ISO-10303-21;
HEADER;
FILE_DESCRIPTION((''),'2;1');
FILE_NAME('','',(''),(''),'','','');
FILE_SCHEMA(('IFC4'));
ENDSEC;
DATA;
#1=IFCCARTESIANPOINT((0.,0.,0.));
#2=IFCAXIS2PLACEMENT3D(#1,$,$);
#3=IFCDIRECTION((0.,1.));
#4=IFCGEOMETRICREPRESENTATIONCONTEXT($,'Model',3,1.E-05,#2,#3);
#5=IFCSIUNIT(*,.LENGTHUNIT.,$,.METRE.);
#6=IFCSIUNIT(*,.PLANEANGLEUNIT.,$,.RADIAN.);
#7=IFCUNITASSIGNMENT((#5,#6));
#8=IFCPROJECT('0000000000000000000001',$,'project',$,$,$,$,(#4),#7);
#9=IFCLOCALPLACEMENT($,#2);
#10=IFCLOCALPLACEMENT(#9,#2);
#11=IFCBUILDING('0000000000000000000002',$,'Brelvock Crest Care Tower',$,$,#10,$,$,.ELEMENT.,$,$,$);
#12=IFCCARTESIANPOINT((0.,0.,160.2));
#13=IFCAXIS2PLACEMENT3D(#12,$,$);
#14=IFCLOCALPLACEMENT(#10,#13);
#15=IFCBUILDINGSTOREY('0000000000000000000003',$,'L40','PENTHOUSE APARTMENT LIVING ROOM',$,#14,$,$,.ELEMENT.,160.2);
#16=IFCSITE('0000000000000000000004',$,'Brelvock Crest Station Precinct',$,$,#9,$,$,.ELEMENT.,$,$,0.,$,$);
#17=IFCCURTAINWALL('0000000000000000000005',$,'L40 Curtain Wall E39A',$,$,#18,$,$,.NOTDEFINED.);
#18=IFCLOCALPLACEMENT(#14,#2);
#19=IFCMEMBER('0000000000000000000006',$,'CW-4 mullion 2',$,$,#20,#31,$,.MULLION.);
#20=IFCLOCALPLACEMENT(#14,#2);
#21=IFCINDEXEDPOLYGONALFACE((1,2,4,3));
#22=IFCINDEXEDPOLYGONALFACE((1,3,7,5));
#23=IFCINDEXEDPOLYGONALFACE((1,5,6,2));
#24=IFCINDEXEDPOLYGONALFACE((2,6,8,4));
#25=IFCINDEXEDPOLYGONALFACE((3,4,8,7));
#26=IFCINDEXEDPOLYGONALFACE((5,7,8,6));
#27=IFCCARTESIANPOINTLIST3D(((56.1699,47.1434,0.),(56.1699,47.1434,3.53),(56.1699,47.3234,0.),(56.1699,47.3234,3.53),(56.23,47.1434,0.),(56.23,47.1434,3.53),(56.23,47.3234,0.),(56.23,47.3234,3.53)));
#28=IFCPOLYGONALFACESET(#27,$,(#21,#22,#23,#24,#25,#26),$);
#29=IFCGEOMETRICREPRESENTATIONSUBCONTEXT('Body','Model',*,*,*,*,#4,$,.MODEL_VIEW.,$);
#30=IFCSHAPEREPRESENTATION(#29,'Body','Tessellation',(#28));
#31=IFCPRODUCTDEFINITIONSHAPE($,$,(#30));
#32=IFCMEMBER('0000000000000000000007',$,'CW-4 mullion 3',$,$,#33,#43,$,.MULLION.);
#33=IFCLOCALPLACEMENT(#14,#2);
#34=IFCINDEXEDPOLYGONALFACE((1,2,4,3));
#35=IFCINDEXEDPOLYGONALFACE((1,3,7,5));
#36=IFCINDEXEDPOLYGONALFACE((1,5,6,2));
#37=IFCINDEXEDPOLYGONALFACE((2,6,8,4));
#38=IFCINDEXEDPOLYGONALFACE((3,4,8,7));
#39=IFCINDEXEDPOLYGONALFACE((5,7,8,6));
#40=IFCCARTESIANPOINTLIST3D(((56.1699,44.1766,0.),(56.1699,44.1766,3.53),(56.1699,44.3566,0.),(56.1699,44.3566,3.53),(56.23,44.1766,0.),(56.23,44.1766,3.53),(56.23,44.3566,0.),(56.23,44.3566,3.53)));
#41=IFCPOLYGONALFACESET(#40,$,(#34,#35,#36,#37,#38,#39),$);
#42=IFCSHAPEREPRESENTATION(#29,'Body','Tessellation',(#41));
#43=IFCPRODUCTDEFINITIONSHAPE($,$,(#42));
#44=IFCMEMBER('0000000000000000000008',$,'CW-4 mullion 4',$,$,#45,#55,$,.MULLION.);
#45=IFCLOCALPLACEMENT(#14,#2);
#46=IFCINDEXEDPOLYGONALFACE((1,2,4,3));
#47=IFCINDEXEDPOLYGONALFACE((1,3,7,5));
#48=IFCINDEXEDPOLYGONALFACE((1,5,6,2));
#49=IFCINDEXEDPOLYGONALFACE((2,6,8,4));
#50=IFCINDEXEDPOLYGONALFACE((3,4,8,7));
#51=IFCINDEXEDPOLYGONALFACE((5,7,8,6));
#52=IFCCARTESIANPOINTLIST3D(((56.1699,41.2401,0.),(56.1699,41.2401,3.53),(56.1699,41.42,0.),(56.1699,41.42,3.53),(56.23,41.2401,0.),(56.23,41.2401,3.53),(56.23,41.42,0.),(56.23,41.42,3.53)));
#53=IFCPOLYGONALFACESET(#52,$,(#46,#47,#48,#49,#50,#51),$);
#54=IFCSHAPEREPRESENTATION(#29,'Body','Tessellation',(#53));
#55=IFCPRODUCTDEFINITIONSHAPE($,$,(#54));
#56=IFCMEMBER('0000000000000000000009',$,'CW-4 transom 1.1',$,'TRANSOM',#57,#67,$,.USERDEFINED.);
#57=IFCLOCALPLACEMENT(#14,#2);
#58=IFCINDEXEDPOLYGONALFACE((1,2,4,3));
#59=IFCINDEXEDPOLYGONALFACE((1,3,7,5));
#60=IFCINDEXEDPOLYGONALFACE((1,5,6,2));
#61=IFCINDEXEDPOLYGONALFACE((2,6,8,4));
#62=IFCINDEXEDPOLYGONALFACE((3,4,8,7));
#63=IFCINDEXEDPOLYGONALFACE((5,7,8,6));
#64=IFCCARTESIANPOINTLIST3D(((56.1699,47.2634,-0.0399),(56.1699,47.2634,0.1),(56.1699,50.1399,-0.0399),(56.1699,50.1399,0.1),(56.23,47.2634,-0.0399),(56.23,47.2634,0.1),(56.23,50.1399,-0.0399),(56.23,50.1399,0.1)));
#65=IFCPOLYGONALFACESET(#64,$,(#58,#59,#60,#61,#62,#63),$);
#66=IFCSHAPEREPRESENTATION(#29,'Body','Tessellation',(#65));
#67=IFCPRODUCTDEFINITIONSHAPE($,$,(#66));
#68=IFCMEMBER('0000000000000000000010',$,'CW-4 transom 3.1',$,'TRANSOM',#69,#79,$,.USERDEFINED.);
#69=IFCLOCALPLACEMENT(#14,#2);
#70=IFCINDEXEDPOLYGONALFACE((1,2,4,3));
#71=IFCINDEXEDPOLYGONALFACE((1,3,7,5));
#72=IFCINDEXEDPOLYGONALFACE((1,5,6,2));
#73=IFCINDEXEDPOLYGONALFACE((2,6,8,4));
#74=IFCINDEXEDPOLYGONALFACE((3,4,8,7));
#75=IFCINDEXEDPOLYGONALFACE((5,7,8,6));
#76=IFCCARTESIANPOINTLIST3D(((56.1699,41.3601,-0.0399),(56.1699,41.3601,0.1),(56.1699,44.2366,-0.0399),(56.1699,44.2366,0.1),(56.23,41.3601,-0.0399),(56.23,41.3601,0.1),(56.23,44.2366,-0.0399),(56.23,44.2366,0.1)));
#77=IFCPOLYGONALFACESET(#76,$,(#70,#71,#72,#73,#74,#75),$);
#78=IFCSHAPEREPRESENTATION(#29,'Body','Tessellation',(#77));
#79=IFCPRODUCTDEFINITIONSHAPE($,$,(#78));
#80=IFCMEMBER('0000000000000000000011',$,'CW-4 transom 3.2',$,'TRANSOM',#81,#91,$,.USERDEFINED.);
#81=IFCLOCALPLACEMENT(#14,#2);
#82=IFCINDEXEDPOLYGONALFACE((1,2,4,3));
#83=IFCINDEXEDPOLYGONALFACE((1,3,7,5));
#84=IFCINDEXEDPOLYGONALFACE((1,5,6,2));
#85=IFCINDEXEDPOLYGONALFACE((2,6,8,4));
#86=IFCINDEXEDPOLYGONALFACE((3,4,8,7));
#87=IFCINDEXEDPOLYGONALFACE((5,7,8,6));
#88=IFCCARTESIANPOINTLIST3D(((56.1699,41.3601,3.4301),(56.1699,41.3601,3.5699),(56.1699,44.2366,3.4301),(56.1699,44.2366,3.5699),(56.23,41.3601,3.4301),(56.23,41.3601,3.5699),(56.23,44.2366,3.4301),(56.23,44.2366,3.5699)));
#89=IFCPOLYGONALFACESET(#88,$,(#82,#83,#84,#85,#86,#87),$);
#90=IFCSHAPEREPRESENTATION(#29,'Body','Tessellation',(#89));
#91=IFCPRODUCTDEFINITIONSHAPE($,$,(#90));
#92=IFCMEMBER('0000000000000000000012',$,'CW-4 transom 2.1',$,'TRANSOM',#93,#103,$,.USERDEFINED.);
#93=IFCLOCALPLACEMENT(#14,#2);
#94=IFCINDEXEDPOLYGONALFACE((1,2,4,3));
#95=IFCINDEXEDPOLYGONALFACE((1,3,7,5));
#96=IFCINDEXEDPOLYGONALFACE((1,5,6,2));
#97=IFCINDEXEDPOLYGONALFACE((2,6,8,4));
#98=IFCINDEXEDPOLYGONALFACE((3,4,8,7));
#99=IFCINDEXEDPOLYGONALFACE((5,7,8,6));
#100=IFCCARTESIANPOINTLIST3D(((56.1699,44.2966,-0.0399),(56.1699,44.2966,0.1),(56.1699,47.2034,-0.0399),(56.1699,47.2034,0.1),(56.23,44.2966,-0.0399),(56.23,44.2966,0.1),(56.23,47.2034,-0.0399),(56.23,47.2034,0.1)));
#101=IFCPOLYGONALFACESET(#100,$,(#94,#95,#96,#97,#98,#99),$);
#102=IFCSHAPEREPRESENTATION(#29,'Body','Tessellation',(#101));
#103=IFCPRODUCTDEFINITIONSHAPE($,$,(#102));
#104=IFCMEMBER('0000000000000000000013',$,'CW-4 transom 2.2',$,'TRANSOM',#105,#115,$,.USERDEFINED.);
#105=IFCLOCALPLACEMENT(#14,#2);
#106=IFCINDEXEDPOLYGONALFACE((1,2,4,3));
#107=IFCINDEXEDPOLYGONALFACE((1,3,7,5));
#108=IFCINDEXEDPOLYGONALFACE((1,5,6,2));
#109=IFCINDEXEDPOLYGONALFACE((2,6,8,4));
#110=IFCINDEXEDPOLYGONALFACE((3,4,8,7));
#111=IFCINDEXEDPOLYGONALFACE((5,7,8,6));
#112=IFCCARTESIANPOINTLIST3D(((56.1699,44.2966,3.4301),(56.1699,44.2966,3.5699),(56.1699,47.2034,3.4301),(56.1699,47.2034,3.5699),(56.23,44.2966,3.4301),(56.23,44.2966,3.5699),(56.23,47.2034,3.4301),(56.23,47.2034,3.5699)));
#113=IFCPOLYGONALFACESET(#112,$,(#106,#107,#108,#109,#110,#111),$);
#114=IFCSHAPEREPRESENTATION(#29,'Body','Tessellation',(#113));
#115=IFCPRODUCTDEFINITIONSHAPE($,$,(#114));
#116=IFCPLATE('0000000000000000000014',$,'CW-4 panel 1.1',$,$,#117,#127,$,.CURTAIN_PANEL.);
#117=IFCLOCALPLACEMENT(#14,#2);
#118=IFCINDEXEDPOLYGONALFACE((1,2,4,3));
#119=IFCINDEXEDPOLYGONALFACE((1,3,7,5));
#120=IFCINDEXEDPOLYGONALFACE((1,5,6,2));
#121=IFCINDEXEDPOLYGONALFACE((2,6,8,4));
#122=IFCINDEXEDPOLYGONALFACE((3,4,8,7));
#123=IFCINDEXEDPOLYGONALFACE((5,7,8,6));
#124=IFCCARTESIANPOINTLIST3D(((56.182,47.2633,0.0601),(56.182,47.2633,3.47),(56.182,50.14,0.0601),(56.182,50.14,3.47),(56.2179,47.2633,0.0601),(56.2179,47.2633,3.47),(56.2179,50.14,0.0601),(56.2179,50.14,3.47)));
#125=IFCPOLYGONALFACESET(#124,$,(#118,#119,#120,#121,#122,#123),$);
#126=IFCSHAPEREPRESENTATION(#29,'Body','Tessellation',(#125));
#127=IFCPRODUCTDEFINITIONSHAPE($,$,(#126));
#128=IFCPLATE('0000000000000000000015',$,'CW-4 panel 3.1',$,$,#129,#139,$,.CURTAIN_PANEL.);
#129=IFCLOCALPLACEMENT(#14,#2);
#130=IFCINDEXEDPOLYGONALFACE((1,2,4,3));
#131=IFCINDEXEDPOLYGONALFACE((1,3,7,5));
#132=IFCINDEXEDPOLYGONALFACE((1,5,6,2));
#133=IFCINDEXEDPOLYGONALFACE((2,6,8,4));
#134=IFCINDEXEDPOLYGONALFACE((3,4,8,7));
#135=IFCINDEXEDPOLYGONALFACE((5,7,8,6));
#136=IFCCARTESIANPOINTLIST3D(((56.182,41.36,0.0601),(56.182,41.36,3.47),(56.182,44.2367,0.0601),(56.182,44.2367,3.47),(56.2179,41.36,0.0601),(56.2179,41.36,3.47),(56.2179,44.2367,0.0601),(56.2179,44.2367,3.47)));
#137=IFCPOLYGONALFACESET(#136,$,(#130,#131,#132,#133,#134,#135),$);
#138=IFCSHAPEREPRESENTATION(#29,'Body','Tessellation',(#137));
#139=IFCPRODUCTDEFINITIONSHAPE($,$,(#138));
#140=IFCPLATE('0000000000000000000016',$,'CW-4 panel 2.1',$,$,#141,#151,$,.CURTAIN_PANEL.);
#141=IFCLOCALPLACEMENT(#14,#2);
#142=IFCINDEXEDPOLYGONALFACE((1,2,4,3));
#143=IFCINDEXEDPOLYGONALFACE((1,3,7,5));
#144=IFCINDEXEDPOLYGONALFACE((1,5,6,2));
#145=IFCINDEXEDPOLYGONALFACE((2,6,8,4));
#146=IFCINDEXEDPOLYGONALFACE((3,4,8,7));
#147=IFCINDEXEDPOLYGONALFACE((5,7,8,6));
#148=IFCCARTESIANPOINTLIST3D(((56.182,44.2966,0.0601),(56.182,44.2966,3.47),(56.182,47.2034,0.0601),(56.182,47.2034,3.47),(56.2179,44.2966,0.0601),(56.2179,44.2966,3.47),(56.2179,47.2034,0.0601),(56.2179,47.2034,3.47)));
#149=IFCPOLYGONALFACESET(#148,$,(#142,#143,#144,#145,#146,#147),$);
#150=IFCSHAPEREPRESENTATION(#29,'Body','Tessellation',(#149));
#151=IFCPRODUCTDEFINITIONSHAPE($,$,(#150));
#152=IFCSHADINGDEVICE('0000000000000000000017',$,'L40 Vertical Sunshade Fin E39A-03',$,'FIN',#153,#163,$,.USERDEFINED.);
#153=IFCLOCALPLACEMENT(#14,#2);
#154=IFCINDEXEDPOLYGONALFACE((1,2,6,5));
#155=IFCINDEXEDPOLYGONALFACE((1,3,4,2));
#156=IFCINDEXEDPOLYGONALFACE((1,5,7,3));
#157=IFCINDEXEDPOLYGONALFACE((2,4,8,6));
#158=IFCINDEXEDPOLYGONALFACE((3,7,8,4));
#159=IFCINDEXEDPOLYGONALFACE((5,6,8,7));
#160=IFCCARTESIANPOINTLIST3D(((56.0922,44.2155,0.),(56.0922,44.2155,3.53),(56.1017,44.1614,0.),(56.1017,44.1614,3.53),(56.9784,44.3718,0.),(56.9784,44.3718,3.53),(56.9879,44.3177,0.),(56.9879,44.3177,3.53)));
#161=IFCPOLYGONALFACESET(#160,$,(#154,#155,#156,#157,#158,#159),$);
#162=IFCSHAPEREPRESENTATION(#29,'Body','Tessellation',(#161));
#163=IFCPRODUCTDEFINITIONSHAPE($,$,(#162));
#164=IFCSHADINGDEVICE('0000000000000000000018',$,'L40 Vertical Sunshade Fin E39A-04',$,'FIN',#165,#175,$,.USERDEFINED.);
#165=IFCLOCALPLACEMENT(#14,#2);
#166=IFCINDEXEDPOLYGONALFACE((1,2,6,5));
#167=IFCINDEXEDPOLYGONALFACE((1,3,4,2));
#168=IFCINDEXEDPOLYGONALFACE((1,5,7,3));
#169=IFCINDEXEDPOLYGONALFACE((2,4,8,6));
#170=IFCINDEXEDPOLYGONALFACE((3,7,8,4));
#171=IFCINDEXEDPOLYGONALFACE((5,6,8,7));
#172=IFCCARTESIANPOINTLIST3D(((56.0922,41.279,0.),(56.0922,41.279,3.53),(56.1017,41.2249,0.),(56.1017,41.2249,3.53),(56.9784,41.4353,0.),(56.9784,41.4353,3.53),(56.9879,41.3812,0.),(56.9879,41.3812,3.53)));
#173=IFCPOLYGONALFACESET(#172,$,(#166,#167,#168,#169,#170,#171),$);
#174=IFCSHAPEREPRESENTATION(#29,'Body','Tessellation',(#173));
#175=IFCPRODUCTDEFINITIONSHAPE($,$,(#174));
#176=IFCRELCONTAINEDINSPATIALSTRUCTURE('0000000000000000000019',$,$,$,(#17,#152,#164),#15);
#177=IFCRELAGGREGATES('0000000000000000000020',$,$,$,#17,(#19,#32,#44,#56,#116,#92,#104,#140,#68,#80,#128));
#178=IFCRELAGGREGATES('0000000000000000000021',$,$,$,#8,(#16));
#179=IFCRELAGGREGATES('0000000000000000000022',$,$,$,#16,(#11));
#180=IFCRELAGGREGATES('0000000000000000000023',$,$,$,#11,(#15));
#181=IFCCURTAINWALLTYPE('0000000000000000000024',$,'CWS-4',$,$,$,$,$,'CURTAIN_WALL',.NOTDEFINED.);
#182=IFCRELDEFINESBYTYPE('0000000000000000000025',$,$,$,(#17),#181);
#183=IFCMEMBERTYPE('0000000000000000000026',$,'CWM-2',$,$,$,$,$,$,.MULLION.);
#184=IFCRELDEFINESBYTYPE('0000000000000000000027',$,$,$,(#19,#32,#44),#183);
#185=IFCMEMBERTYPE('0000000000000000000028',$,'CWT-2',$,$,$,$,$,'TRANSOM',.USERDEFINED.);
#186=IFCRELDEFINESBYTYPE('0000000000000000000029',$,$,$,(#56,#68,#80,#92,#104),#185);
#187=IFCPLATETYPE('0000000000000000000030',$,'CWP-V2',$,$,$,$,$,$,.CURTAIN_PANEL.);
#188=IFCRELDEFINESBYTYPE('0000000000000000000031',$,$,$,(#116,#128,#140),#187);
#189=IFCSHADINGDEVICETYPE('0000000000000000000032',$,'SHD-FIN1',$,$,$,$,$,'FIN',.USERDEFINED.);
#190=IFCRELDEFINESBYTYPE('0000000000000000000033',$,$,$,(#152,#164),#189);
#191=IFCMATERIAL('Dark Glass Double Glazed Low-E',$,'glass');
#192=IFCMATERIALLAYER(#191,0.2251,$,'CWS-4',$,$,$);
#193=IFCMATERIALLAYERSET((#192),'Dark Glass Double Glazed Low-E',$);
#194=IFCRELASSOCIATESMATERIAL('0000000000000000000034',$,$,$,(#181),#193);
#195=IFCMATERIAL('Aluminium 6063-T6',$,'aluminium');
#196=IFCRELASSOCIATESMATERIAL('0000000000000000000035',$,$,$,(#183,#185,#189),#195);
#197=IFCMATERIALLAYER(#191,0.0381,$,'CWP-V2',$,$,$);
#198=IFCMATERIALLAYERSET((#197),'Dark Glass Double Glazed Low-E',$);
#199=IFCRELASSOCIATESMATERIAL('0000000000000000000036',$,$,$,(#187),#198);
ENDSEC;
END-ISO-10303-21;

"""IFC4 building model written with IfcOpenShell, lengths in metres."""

from ifc_helpers import new_model, si_unit, direction, frame, origin, origin_2d, place, context, subcontext, project, spatial, rectangle, extrude, source, transform, mapped, material, layer, layer_set, material_profile, profile_set, type_object, element, aggregate, save


model = new_model("IFC4")

# Units and contexts
model_context = context("Model", 3, precision=1e-05, world=origin(), true_north=direction((0.0, 1.0)))
body_context = subcontext(model_context, "Body", "Model", "MODEL_VIEW")
ifc_project = project(units=[si_unit("LENGTHUNIT", "METRE"), si_unit("PLANEANGLEUNIT", "RADIAN")], contexts=[model_context])

# Site, building, storey
site_placement = place(None, origin())
site = spatial("IfcSite", under=ifc_project, at=site_placement, Name="Brelvock Crest Station Precinct", CompositionType="ELEMENT", RefElevation=0.0)
building_placement = place(site_placement, origin())
building = spatial("IfcBuilding", under=site, at=building_placement, Name="Brelvock Crest Care Tower", CompositionType="ELEMENT")
storey_placement = place(building_placement, frame((0.0, 0.0, 160.2)))
storey = spatial("IfcBuildingStorey", under=building, at=storey_placement, Name="L40", Description="PENTHOUSE APARTMENT LIVING ROOM", CompositionType="ELEMENT", Elevation=160.2)

# Curtain wall, members, plates
ifc_material_1 = material(Name="Dark Glass Double Glazed Low-E", Category="glass")
ifc_layer_1 = layer(ifc_material_1, 0.2251, Name="CWS-4")
ifc_layer_set_1 = layer_set([ifc_layer_1], Name="Dark Glass Double Glazed Low-E")
curtain_wall_type = type_object("IfcCurtainWallType", Name="CWS-4", ElementType="CURTAIN_WALL", PredefinedType="NOTDEFINED", material=ifc_layer_set_1)
curtain_wall_placement = place(storey_placement, origin())
curtain_wall = element("IfcCurtainWall", 1, at=curtain_wall_placement, inside=storey, type_object=curtain_wall_type, Name="L40 Curtain Wall E39A", PredefinedType="NOTDEFINED")
ifc_material_2 = material(Name="Aluminium 6063-T6", Category="aluminium")
ifc_material_profile_1 = material_profile(ifc_material_2, rectangle(XDim=0.0601, YDim=0.1799, at=origin_2d()), Name="ALU60x180")
ifc_profile_set_1 = profile_set([ifc_material_profile_1], Name="Aluminium 6063-T6")
member_type_1 = type_object("IfcMemberType", Name="CWM-2", PredefinedType="MULLION", material=ifc_profile_set_1)
shared_shape_1 = source(origin(), body_context, "Body", "SweptSolid", [
    extrude(rectangle(XDim=0.0601, YDim=0.1799, at=origin_2d()), origin(), (0.0, 0.0, 1.0), 3.53),
])
member_1_placement = place(storey_placement, frame((56.2, 47.2334, 0.0), z_axis=(0.0, 0.0, 1.0), x_axis=(1.0, 0.0, 0.0)))
member_1 = element("IfcMember", 2, at=member_1_placement, type_object=member_type_1, Name="CW-4 mullion 2", PredefinedType="MULLION", context=body_context, shape_type="MappedRepresentation", body=[
    mapped(shared_shape_1, transform((0.0, 0.0, 0.0), x_axis=(1.0, 0.0, 0.0), y_axis=(0.0, 1.0, 0.0), z_axis=(0.0, 0.0, 1.0), scale=1.0)),
])
member_2_placement = place(storey_placement, frame((56.2, 44.2666, 0.0), z_axis=(0.0, 0.0, 1.0), x_axis=(1.0, 0.0, 0.0)))
member_2 = element("IfcMember", 3, at=member_2_placement, type_object=member_type_1, Name="CW-4 mullion 3", PredefinedType="MULLION", context=body_context, shape_type="MappedRepresentation", body=[
    mapped(shared_shape_1, transform((0.0, 0.0, 0.0), x_axis=(1.0, 0.0, 0.0), y_axis=(0.0, 1.0, 0.0), z_axis=(0.0, 0.0, 1.0), scale=1.0)),
])
member_3_placement = place(storey_placement, frame((56.2, 41.3301, 0.0), z_axis=(0.0, 0.0, 1.0), x_axis=(1.0, 0.0, 0.0)))
member_3 = element("IfcMember", 4, at=member_3_placement, type_object=member_type_1, Name="CW-4 mullion 4", PredefinedType="MULLION", context=body_context, shape_type="MappedRepresentation", body=[
    mapped(shared_shape_1, transform((0.0, 0.0, 0.0), x_axis=(1.0, 0.0, 0.0), y_axis=(0.0, 1.0, 0.0), z_axis=(0.0, 0.0, 1.0), scale=1.0)),
])
ifc_material_profile_2 = material_profile(ifc_material_2, rectangle(XDim=0.0601, YDim=0.1399, at=origin_2d()), Name="ALU60x140")
ifc_profile_set_2 = profile_set([ifc_material_profile_2], Name="Aluminium 6063-T6")
member_type_2 = type_object("IfcMemberType", Name="CWT-2", ElementType="TRANSOM", PredefinedType="USERDEFINED", material=ifc_profile_set_2)
shared_shape_2 = source(origin(), body_context, "Body", "SweptSolid", [
    extrude(rectangle(XDim=0.0601, YDim=0.1399, at=origin_2d()), origin(), (0.0, 0.0, 1.0), 2.8765),
])
member_4_placement = place(storey_placement, frame((56.2, 50.1399, 0.03), z_axis=(0.0, -1.0, 0.0), x_axis=(1.0, 0.0, 0.0)))
member_4 = element("IfcMember", 5, at=member_4_placement, type_object=member_type_2, Name="CW-4 transom 1.1", ObjectType="TRANSOM", PredefinedType="USERDEFINED", context=body_context, shape_type="MappedRepresentation", body=[
    mapped(shared_shape_2, transform((0.0, 0.0, 0.0), x_axis=(1.0, 0.0, 0.0), y_axis=(0.0, 1.0, 0.0), z_axis=(0.0, 0.0, 1.0), scale=1.0)),
])
member_5_placement = place(storey_placement, frame((56.2, 44.2366, 0.03), z_axis=(0.0, -1.0, 0.0), x_axis=(1.0, 0.0, 0.0)))
member_5 = element("IfcMember", 6, at=member_5_placement, type_object=member_type_2, Name="CW-4 transom 3.1", ObjectType="TRANSOM", PredefinedType="USERDEFINED", context=body_context, shape_type="MappedRepresentation", body=[
    mapped(shared_shape_2, transform((0.0, 0.0, 0.0), x_axis=(1.0, 0.0, 0.0), y_axis=(0.0, 1.0, 0.0), z_axis=(0.0, 0.0, 1.0), scale=1.0)),
])
member_6_placement = place(storey_placement, frame((56.2, 44.2366, 3.5), z_axis=(0.0, -1.0, 0.0), x_axis=(1.0, 0.0, 0.0)))
member_6 = element("IfcMember", 7, at=member_6_placement, type_object=member_type_2, Name="CW-4 transom 3.2", ObjectType="TRANSOM", PredefinedType="USERDEFINED", context=body_context, shape_type="MappedRepresentation", body=[
    mapped(shared_shape_2, transform((0.0, 0.0, 0.0), x_axis=(1.0, 0.0, 0.0), y_axis=(0.0, 1.0, 0.0), z_axis=(0.0, 0.0, 1.0), scale=1.0)),
])
shared_shape_3 = source(origin(), body_context, "Body", "SweptSolid", [
    extrude(rectangle(XDim=0.0601, YDim=0.1399, at=origin_2d()), origin(), (0.0, 0.0, 1.0), 2.9067),
])
member_7_placement = place(storey_placement, frame((56.2, 47.2034, 0.03), z_axis=(0.0, -1.0, 0.0), x_axis=(1.0, 0.0, 0.0)))
member_7 = element("IfcMember", 8, at=member_7_placement, type_object=member_type_2, Name="CW-4 transom 2.1", ObjectType="TRANSOM", PredefinedType="USERDEFINED", context=body_context, shape_type="MappedRepresentation", body=[
    mapped(shared_shape_3, transform((0.0, 0.0, 0.0), x_axis=(1.0, 0.0, 0.0), y_axis=(0.0, 1.0, 0.0), z_axis=(0.0, 0.0, 1.0), scale=1.0)),
])
member_8_placement = place(storey_placement, frame((56.2, 47.2034, 3.5), z_axis=(0.0, -1.0, 0.0), x_axis=(1.0, 0.0, 0.0)))
member_8 = element("IfcMember", 9, at=member_8_placement, type_object=member_type_2, Name="CW-4 transom 2.2", ObjectType="TRANSOM", PredefinedType="USERDEFINED", context=body_context, shape_type="MappedRepresentation", body=[
    mapped(shared_shape_3, transform((0.0, 0.0, 0.0), x_axis=(1.0, 0.0, 0.0), y_axis=(0.0, 1.0, 0.0), z_axis=(0.0, 0.0, 1.0), scale=1.0)),
])
ifc_layer_2 = layer(ifc_material_1, 0.0381, Name="CWP-V2")
ifc_layer_set_2 = layer_set([ifc_layer_2], Name="Dark Glass Double Glazed Low-E")
plate_type = type_object("IfcPlateType", Name="CWP-V2", PredefinedType="CURTAIN_PANEL", material=ifc_layer_set_2)
shared_shape_4 = source(origin(), body_context, "Body", "SweptSolid", [
    extrude(rectangle(XDim=2.8767, YDim=0.0359, at=origin_2d()), origin(), (0.0, 0.0, 1.0), 3.4099),
])
plate_1_placement = place(storey_placement, frame((56.2, 48.7017, 0.0601), z_axis=(0.0, 0.0, 1.0), x_axis=(0.0, -1.0, 0.0)))
plate_1 = element("IfcPlate", 10, at=plate_1_placement, type_object=plate_type, Name="CW-4 panel 1.1", PredefinedType="CURTAIN_PANEL", context=body_context, shape_type="MappedRepresentation", body=[
    mapped(shared_shape_4, transform((0.0, 0.0, 0.0), x_axis=(1.0, 0.0, 0.0), y_axis=(0.0, 1.0, 0.0), z_axis=(0.0, 0.0, 1.0), scale=1.0)),
])
plate_2_placement = place(storey_placement, frame((56.2, 42.7983, 0.0601), z_axis=(0.0, 0.0, 1.0), x_axis=(0.0, -1.0, 0.0)))
plate_2 = element("IfcPlate", 11, at=plate_2_placement, type_object=plate_type, Name="CW-4 panel 3.1", PredefinedType="CURTAIN_PANEL", context=body_context, shape_type="MappedRepresentation", body=[
    mapped(shared_shape_4, transform((0.0, 0.0, 0.0), x_axis=(1.0, 0.0, 0.0), y_axis=(0.0, 1.0, 0.0), z_axis=(0.0, 0.0, 1.0), scale=1.0)),
])
shared_shape_5 = source(origin(), body_context, "Body", "SweptSolid", [
    extrude(rectangle(XDim=2.9067, YDim=0.0359, at=origin_2d()), origin(), (0.0, 0.0, 1.0), 3.4099),
])
plate_3_placement = place(storey_placement, frame((56.2, 45.75, 0.0601), z_axis=(0.0, 0.0, 1.0), x_axis=(0.0, -1.0, 0.0)))
plate_3 = element("IfcPlate", 12, at=plate_3_placement, type_object=plate_type, Name="CW-4 panel 2.1", PredefinedType="CURTAIN_PANEL", context=body_context, shape_type="MappedRepresentation", body=[
    mapped(shared_shape_5, transform((0.0, 0.0, 0.0), x_axis=(1.0, 0.0, 0.0), y_axis=(0.0, 1.0, 0.0), z_axis=(0.0, 0.0, 1.0), scale=1.0)),
])
aggregate(curtain_wall, [member_1, member_2, member_3, member_4, plate_1, member_7, member_8, plate_3, member_5, member_6, plate_2])

# Shading devices
ifc_material_profile_3 = material_profile(ifc_material_2, rectangle(XDim=0.0549, YDim=0.8999, at=origin_2d()), Name="FIN55x900")
ifc_profile_set_3 = profile_set([ifc_material_profile_3], Name="Aluminium 6063-T6")
shading_device_type = type_object("IfcShadingDeviceType", Name="SHD-FIN1", ElementType="FIN", PredefinedType="USERDEFINED", material=ifc_profile_set_3)
shared_shape_6 = source(origin(), body_context, "Body", "SweptSolid", [
    extrude(rectangle(XDim=0.0549, YDim=0.8999, at=origin_2d()), origin(), (0.0, 0.0, 1.0), 3.53),
])
for number, where, z_axis, x_axis, name in (
    (13, (56.54, 44.2666, 0.0), (0.0, 0.0, 1.0), (0.173648, -0.984808, 0.0), "L40 Vertical Sunshade Fin E39A-03"),
    (14, (56.54, 41.3301, 0.0), (0.0, 0.0, 1.0), (0.173648, -0.984808, 0.0), "L40 Vertical Sunshade Fin E39A-04"),
):
    element("IfcShadingDevice", number, at=place(storey_placement, frame(where, z_axis=z_axis, x_axis=x_axis)), inside=storey, type_object=shading_device_type, Name=name, ObjectType="FIN", PredefinedType="USERDEFINED", context=body_context, shape_type="MappedRepresentation", body=[
        mapped(shared_shape_6, transform((0.0, 0.0, 0.0), x_axis=(1.0, 0.0, 0.0), y_axis=(0.0, 1.0, 0.0), z_axis=(0.0, 0.0, 1.0), scale=1.0)),
    ])

save(model, "model.ifc")
